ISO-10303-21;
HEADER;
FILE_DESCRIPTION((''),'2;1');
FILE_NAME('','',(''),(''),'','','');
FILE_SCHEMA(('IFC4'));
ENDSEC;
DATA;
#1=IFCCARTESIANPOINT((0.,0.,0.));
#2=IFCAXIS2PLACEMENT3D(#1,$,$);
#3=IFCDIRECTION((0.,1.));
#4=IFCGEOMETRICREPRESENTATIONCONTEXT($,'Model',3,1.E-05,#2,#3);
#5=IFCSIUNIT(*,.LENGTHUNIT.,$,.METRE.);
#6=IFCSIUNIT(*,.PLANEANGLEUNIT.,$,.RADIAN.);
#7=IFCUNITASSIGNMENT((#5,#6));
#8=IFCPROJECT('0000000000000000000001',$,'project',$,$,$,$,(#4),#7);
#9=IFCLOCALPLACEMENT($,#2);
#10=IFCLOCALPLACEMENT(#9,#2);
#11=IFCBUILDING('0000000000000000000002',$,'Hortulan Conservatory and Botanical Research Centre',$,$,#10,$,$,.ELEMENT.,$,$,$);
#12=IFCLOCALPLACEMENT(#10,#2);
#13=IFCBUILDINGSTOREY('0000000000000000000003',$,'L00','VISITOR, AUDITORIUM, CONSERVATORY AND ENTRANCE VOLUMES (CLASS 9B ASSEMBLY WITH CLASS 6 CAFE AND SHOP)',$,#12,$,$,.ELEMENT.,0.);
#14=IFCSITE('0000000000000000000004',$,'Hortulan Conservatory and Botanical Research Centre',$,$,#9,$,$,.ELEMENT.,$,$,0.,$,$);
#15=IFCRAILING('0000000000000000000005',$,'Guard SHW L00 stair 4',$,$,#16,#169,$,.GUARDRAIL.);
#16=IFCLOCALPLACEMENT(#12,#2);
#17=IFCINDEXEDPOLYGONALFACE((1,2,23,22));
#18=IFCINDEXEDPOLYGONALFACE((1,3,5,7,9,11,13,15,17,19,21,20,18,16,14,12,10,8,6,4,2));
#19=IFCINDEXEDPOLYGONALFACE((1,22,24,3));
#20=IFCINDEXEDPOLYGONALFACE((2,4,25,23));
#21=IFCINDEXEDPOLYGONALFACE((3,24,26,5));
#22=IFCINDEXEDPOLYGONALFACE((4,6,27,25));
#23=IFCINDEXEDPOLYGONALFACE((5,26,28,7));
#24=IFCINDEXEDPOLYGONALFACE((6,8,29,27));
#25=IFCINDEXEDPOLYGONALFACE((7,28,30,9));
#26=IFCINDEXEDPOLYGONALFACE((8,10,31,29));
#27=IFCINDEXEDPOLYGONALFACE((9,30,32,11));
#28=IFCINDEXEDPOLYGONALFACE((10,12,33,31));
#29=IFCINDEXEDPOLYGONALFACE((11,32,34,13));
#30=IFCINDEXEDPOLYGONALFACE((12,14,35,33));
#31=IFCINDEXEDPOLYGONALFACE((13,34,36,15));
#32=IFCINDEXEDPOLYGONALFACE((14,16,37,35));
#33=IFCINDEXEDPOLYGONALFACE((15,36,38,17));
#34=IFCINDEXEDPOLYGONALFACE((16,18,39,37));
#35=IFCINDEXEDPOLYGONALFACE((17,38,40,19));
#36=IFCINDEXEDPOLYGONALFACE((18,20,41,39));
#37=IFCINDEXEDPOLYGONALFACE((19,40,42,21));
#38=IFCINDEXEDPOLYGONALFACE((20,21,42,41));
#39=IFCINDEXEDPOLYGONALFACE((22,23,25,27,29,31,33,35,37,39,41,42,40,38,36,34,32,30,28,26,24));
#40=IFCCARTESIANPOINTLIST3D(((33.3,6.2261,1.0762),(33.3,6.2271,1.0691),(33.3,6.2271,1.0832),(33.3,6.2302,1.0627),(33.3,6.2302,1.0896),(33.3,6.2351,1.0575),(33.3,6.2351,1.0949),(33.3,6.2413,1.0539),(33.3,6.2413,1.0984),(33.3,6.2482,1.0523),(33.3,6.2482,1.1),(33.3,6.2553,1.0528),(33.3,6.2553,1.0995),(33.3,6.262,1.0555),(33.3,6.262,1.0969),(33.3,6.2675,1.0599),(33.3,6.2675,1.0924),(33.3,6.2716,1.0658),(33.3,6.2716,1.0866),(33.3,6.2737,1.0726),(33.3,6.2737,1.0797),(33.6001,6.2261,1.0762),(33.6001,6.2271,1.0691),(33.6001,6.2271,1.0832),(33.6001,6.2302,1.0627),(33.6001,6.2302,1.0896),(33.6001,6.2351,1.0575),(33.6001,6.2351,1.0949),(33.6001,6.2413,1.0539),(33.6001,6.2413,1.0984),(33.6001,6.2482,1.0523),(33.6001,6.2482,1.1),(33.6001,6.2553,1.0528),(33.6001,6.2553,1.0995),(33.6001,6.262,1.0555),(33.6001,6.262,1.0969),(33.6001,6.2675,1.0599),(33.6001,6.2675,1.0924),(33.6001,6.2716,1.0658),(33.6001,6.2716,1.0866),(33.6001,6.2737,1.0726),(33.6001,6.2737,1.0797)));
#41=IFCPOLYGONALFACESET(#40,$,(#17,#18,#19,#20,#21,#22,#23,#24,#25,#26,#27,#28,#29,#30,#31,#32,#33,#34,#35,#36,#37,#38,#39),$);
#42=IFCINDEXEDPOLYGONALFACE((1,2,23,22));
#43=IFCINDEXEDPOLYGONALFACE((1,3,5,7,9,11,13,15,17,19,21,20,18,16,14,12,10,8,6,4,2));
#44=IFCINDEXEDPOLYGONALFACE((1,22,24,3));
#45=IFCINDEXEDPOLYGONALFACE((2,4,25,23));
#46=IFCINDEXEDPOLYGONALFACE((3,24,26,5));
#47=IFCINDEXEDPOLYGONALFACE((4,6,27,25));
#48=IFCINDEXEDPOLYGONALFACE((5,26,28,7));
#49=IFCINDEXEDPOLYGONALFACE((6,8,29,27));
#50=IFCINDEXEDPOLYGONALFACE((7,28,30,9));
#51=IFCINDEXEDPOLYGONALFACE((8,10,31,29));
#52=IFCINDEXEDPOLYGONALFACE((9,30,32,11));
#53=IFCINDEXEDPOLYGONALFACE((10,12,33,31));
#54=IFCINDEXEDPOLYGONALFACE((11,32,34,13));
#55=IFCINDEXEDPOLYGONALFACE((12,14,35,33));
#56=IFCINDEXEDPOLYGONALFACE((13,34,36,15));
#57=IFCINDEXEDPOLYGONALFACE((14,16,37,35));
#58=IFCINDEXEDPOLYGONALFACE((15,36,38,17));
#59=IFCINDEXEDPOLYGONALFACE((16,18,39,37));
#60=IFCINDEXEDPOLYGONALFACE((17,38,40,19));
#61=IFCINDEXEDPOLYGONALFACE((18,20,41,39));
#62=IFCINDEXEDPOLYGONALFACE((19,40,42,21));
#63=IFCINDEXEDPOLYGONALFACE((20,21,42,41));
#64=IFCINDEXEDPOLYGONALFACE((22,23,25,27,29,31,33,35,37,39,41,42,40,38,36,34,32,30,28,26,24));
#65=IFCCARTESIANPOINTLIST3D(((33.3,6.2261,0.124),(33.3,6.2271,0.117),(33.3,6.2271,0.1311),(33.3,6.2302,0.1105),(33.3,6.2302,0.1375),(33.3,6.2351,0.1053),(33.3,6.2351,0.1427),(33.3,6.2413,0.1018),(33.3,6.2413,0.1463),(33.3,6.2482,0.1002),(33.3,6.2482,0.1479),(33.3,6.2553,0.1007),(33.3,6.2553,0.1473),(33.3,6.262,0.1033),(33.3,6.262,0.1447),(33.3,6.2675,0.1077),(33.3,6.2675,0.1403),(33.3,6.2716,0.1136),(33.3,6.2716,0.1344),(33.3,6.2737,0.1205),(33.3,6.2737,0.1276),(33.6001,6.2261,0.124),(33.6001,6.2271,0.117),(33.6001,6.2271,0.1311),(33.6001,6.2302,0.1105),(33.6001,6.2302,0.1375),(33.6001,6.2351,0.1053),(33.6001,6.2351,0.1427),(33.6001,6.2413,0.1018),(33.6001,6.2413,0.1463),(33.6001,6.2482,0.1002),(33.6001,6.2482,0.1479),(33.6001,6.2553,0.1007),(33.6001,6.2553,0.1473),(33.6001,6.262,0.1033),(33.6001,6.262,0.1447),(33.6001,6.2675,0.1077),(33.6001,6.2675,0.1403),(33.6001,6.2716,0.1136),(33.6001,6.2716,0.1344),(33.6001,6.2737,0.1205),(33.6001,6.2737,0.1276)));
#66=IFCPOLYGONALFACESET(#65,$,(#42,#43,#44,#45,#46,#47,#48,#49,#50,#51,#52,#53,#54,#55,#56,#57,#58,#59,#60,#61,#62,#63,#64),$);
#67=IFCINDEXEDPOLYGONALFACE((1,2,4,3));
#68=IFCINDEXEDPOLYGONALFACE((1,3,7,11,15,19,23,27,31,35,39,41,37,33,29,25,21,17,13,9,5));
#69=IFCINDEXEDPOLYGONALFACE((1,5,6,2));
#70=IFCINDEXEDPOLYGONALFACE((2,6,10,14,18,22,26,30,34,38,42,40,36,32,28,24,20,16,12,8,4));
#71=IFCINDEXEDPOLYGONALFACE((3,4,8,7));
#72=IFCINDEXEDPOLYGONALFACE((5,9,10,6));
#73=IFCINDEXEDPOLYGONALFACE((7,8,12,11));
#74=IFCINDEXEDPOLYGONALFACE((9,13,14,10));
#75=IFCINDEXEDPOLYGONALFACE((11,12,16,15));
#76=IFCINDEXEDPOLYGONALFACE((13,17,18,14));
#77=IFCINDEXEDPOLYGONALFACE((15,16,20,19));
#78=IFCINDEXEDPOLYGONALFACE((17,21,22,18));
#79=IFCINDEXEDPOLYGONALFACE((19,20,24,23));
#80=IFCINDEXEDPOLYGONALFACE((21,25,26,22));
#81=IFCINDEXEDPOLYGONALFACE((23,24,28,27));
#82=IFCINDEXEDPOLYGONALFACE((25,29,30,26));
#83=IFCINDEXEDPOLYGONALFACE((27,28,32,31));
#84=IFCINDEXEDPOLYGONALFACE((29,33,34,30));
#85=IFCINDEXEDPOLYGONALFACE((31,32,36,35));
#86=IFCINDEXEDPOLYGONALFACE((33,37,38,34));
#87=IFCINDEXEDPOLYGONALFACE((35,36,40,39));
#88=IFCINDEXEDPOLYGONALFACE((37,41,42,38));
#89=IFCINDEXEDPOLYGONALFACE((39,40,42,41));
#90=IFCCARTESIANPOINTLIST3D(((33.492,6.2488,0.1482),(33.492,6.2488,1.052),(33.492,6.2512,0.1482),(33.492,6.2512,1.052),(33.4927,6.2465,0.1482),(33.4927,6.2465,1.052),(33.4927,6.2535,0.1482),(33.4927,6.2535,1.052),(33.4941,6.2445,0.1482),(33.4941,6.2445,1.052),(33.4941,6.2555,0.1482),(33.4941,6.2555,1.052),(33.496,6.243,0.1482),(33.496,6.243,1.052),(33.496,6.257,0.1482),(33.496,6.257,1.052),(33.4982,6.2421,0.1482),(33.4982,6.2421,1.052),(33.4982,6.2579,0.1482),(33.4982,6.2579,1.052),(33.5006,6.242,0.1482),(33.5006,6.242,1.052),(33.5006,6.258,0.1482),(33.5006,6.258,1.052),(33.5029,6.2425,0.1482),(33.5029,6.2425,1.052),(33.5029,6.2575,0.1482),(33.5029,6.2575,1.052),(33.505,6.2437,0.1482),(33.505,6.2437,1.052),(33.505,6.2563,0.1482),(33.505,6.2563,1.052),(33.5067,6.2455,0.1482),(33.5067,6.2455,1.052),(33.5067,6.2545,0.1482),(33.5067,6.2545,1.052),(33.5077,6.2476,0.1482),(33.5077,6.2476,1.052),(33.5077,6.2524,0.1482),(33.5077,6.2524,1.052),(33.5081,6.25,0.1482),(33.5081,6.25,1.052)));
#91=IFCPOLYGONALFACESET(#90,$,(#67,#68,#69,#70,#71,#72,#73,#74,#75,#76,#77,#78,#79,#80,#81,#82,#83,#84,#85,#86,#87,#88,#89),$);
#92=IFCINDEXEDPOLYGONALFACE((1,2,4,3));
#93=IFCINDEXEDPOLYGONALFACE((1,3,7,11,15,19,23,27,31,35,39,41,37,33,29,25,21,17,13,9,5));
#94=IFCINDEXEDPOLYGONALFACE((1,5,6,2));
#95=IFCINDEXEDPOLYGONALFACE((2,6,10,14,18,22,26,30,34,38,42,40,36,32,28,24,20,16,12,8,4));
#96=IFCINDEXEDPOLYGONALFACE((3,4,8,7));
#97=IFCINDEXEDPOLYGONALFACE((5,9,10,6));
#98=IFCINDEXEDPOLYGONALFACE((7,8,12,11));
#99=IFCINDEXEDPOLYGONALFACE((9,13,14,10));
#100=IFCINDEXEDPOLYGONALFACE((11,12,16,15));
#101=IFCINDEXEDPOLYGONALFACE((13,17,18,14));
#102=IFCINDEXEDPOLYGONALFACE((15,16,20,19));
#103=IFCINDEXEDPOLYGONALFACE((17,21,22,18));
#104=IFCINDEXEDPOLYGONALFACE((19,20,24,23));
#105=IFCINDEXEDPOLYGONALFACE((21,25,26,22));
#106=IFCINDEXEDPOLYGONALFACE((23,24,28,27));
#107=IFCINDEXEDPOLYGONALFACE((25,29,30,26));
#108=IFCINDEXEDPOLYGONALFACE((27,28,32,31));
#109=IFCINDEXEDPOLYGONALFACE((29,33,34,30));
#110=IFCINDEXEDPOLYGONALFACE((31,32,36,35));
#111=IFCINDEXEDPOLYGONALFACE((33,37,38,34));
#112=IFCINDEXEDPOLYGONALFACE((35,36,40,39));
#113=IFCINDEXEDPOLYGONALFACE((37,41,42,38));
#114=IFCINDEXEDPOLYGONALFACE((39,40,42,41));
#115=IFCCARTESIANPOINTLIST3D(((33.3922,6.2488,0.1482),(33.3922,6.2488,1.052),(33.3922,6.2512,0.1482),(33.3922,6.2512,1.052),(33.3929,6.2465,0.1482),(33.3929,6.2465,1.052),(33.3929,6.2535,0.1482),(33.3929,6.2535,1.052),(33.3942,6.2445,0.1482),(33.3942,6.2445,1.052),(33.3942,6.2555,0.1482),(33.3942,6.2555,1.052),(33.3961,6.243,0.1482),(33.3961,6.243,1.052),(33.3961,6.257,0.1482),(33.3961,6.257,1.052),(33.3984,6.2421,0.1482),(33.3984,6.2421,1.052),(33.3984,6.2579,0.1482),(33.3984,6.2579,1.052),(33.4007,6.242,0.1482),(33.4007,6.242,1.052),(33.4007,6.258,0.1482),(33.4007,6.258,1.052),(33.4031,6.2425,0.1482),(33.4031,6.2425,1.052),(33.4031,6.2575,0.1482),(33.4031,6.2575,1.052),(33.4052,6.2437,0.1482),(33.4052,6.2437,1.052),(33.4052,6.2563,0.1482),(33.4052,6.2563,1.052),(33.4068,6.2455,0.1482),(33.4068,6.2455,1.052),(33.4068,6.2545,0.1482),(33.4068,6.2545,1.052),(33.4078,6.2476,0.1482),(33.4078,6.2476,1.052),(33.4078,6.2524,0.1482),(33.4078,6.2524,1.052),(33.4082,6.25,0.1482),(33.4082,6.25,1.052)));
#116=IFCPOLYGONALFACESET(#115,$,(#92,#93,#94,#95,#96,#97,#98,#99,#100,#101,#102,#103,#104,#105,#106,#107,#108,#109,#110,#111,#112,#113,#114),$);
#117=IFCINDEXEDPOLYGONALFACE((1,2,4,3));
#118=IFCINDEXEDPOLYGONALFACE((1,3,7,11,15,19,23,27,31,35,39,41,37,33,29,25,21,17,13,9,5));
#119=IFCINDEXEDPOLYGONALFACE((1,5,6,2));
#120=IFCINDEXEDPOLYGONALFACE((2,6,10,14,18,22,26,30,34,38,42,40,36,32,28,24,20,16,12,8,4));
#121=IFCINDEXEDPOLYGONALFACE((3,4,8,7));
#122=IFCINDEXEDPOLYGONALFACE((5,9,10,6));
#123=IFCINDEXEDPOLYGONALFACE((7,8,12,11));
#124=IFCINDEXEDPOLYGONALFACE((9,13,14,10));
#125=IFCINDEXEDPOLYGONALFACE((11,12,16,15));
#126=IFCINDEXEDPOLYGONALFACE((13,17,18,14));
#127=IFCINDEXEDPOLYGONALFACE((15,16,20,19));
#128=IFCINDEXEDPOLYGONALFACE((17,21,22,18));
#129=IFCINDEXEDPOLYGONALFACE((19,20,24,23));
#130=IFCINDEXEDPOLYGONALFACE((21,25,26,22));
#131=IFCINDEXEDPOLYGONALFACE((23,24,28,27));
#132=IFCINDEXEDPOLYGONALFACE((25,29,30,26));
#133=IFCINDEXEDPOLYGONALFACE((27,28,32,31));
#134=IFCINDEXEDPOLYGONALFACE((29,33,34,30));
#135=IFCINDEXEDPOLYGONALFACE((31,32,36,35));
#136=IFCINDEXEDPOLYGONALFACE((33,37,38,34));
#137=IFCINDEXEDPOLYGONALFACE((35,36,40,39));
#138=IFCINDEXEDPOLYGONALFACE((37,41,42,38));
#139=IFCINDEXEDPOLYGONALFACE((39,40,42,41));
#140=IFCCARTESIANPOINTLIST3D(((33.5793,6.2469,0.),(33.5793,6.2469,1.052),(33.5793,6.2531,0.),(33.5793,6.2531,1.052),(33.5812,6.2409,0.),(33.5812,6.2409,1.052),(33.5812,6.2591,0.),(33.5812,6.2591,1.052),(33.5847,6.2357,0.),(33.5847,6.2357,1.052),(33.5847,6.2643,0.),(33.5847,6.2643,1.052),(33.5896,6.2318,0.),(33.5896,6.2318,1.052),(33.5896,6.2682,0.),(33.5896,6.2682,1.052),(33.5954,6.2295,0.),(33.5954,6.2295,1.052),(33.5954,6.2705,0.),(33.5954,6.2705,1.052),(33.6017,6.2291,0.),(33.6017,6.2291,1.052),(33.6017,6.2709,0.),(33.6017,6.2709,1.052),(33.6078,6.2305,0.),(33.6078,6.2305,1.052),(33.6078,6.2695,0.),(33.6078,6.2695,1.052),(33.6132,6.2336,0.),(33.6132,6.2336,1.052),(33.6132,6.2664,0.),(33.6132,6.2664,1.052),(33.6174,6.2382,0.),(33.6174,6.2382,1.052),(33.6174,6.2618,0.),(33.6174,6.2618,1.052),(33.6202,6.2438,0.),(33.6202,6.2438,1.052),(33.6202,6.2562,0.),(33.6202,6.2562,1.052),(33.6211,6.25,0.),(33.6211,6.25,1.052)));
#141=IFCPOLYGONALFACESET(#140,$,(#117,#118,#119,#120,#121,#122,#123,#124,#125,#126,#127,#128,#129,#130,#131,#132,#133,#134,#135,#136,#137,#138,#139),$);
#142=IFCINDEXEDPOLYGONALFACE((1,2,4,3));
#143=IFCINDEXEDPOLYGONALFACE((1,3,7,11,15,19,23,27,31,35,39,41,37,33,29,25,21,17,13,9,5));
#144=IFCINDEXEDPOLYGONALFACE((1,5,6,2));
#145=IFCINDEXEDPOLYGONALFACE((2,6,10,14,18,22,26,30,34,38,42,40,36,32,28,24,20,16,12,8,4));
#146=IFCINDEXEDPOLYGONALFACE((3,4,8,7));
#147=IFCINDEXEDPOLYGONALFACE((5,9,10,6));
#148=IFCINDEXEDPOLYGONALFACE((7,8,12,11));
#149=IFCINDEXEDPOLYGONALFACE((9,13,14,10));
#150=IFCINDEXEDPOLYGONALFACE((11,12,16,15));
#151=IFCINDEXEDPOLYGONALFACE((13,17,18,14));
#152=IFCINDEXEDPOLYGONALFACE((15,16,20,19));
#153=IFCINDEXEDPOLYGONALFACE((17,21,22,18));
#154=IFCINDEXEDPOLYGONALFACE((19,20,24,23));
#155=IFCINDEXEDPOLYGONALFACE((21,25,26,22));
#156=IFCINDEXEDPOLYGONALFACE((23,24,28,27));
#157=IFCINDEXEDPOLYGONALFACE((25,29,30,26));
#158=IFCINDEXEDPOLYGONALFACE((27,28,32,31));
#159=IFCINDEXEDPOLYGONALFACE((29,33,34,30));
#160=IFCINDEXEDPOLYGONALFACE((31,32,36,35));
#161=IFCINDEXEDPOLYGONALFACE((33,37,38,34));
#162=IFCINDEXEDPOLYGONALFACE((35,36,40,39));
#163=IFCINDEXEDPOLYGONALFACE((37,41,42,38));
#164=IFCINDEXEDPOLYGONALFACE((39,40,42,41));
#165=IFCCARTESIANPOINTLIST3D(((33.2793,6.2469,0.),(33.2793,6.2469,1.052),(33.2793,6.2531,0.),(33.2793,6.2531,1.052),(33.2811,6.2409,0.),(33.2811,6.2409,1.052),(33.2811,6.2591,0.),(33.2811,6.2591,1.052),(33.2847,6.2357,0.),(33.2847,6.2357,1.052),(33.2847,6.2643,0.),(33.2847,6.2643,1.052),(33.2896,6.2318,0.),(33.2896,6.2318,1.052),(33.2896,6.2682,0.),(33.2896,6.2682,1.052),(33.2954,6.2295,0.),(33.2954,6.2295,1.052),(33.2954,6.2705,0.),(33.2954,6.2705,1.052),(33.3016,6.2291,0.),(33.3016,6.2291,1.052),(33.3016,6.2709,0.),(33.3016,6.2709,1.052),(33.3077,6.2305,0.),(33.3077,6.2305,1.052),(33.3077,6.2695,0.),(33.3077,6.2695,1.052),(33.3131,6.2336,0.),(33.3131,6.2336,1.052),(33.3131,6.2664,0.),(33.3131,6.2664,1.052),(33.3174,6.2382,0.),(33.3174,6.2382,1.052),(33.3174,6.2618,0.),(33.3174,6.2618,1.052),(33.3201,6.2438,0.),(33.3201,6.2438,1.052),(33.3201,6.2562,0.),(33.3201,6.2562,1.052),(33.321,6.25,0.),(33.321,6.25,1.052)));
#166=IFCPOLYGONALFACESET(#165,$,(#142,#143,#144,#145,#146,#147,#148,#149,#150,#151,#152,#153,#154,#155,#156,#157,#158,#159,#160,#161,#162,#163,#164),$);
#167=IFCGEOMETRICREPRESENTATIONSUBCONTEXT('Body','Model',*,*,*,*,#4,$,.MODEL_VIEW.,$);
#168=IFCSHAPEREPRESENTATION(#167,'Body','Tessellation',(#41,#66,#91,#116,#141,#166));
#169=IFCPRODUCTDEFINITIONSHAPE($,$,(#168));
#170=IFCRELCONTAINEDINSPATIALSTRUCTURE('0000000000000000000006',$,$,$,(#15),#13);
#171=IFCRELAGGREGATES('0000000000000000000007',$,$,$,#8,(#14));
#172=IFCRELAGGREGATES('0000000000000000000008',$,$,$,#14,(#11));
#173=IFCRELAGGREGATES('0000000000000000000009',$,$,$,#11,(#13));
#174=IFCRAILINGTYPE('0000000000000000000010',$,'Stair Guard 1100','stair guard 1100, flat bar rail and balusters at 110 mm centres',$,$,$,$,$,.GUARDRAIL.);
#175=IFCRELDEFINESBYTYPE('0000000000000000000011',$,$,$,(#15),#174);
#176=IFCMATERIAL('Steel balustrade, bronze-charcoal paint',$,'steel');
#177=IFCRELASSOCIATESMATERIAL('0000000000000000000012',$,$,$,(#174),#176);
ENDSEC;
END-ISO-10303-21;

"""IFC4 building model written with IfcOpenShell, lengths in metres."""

from ifc_helpers import new_model, si_unit, direction, frame, origin, origin_2d, place, context, subcontext, project, spatial, circle, extrude, material, type_object, element, save


model = new_model("IFC4")

# Units and contexts
model_context = context("Model", 3, precision=1e-05, world=origin(), true_north=direction((0.0, 1.0)))
body_context = subcontext(model_context, "Body", "Model", "MODEL_VIEW")
ifc_project = project(units=[si_unit("LENGTHUNIT", "METRE"), si_unit("PLANEANGLEUNIT", "RADIAN")], contexts=[model_context])

# Site, building, storey
site_placement = place(None, origin())
site = spatial("IfcSite", under=ifc_project, at=site_placement, Name="Hortulan Conservatory and Botanical Research Centre", CompositionType="ELEMENT", RefElevation=0.0)
building_placement = place(site_placement, origin())
building = spatial("IfcBuilding", under=site, at=building_placement, Name="Hortulan Conservatory and Botanical Research Centre", CompositionType="ELEMENT")
storey_placement = place(building_placement, origin())
storey = spatial("IfcBuildingStorey", under=building, at=storey_placement, Name="L00", Description="VISITOR, AUDITORIUM, CONSERVATORY AND ENTRANCE VOLUMES (CLASS 9B ASSEMBLY WITH CLASS 6 CAFE AND SHOP)", CompositionType="ELEMENT", Elevation=0.0)

# Railing
ifc_material_1 = material(Name="Steel balustrade, bronze-charcoal paint", Category="steel")
railing_type_1 = type_object("IfcRailingType", Name="Stair Guard 1100", Description="stair guard 1100, flat bar rail and balusters at 110 mm centres", PredefinedType="GUARDRAIL", material=ifc_material_1)
railing_1_placement = place(storey_placement, frame((33.6001, 6.25, 0.0)))
element("IfcRailing", 1, at=railing_1_placement, inside=storey, type_object=railing_type_1, Name="Guard SHW L00 stair 4", PredefinedType="GUARDRAIL", context=body_context, shape_type="SweptSolid", body=[
    extrude(circle(Radius=0.0239, at=origin_2d()), frame((0.0, 0.0, 1.0762), z_axis=(-1.0, 0.0, 0.0), x_axis=(0.0, -1.0, 0.0)), (0.0, 0.0, 1.0), 0.3),
    extrude(circle(Radius=0.0239, at=origin_2d()), frame((0.0, 0.0, 0.124), z_axis=(-1.0, 0.0, 0.0), x_axis=(0.0, -1.0, 0.0)), (0.0, 0.0, 1.0), 0.3),
    extrude(circle(Radius=0.0081, at=origin_2d()), frame((-0.1001, 0.0, 0.1482)), (0.0, 0.0, 1.0), 0.9038),
    extrude(circle(Radius=0.0081, at=origin_2d()), frame((-0.2, 0.0, 0.1482)), (0.0, 0.0, 1.0), 0.9038),
    extrude(circle(Radius=0.021, at=origin_2d()), origin(), (0.0, 0.0, 1.0), 1.052),
    extrude(circle(Radius=0.021, at=origin_2d()), frame((-0.3, 0.0, 0.0)), (0.0, 0.0, 1.0), 1.052),
])

save(model, "model.ifc")
